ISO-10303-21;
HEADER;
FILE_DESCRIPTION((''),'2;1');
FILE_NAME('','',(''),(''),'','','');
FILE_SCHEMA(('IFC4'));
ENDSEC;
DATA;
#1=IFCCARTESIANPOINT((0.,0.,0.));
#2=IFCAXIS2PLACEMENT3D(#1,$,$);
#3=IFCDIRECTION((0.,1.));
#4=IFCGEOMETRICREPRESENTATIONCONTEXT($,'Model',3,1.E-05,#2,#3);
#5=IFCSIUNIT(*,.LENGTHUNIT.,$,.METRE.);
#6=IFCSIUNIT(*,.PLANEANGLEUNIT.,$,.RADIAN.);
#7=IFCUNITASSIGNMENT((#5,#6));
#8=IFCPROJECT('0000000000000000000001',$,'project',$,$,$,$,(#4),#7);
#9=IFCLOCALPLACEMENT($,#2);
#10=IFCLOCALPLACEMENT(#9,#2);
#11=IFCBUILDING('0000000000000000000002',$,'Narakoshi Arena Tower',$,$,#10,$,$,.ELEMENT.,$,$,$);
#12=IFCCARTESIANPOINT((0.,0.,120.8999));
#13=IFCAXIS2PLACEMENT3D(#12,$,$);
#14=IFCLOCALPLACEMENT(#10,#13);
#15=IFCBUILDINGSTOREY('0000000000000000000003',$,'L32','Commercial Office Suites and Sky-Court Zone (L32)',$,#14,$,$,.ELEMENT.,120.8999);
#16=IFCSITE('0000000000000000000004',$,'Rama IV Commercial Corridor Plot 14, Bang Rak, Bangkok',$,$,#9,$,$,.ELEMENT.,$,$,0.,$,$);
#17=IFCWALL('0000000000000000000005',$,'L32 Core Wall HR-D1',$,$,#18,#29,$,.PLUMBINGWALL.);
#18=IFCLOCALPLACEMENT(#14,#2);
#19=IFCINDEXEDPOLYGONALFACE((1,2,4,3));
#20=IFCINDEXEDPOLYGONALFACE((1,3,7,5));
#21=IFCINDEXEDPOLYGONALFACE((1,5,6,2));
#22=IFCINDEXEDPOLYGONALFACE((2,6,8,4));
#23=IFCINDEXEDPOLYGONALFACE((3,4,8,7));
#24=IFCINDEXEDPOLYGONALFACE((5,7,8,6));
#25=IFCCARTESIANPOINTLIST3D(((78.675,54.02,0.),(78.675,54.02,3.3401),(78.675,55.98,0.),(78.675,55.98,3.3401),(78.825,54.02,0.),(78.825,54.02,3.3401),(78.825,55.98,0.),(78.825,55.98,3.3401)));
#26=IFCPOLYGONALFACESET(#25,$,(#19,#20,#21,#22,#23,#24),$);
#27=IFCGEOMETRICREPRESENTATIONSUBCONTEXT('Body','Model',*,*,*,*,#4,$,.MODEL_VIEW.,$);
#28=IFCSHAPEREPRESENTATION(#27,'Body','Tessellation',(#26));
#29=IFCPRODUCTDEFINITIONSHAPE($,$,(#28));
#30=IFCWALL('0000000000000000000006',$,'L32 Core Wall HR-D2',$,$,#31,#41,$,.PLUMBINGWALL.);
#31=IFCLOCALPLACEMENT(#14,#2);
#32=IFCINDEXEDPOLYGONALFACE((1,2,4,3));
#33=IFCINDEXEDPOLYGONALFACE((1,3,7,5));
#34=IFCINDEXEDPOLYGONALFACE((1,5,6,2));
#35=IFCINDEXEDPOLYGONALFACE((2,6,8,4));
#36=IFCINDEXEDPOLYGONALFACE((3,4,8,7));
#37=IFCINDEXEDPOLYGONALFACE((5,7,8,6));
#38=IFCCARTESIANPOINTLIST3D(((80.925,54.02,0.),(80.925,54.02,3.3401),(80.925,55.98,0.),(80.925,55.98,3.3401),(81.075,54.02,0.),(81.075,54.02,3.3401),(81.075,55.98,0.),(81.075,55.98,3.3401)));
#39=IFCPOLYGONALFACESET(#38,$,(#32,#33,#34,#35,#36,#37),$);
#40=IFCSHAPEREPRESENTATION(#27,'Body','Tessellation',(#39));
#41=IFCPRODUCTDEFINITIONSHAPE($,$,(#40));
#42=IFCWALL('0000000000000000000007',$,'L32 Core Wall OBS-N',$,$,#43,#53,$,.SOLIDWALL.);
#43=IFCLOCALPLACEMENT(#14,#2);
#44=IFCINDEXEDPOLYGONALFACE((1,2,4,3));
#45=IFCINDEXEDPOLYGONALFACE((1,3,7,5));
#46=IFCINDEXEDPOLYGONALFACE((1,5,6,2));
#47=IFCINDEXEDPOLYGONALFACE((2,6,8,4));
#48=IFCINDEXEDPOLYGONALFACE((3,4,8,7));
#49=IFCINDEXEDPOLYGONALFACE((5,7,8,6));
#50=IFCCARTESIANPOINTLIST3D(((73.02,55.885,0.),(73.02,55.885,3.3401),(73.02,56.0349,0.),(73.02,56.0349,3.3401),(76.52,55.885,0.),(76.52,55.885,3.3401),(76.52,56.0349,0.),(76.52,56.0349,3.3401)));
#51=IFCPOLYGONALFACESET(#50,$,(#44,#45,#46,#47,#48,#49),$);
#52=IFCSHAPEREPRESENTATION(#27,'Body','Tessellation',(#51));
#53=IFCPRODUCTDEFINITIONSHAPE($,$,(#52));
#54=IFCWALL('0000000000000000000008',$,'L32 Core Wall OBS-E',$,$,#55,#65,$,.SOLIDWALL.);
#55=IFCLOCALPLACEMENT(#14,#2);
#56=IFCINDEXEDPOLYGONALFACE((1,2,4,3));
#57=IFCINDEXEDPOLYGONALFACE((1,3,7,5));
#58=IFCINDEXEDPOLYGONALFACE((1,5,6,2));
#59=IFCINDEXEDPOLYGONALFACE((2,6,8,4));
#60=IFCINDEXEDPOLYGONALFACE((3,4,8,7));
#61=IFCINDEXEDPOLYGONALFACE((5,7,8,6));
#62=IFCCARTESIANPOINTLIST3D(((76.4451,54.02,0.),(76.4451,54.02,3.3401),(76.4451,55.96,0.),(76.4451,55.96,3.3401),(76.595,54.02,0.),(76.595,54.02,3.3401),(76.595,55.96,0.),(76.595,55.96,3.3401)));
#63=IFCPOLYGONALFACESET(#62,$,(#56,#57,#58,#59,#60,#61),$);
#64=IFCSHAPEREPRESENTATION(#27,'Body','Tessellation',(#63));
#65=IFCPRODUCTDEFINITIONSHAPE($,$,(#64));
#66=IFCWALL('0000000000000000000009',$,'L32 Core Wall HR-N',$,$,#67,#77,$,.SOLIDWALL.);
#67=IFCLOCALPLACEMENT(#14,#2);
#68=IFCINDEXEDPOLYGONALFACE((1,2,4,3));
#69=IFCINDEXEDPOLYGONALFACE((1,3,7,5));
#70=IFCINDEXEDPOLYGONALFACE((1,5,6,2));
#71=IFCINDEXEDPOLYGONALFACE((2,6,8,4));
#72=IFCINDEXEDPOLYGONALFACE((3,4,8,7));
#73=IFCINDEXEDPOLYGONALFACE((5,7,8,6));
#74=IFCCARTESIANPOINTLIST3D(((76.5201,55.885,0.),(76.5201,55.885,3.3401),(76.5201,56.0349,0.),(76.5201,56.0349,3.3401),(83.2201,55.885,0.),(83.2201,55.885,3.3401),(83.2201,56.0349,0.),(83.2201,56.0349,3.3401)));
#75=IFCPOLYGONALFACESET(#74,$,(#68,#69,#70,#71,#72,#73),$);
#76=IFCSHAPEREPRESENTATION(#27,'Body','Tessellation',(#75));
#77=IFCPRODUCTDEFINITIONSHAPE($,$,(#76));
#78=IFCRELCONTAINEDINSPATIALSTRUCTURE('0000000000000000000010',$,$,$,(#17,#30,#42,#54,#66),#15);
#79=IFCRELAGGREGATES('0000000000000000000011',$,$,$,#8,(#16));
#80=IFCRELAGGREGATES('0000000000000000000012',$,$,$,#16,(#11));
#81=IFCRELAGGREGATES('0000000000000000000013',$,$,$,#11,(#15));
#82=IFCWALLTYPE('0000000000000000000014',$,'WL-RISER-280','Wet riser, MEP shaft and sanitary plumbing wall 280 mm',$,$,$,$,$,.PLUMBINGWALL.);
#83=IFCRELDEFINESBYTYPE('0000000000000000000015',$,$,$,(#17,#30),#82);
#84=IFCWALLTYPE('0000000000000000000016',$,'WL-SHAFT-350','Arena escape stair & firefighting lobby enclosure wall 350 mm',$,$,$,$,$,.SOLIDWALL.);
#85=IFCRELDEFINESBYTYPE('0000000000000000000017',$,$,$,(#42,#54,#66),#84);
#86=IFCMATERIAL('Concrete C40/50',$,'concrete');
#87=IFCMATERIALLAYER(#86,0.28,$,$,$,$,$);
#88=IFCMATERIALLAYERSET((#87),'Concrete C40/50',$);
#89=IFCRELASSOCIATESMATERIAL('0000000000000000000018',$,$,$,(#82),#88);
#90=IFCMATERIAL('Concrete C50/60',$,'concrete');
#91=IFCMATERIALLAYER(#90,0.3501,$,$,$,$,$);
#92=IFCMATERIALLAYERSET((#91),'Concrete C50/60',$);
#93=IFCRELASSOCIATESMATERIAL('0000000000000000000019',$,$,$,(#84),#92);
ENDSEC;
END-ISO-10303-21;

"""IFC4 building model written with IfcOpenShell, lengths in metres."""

from ifc_helpers import new_model, si_unit, direction, frame, frame_2d, origin, place, context, subcontext, project, spatial, rectangle, extrude, material, layer, layer_set, type_object, element, save


model = new_model("IFC4")

# Units and contexts
model_context = context("Model", 3, precision=1e-05, world=origin(), true_north=direction((0.0, 1.0)))
body_context = subcontext(model_context, "Body", "Model", "MODEL_VIEW")
ifc_project = project(units=[si_unit("LENGTHUNIT", "METRE"), si_unit("PLANEANGLEUNIT", "RADIAN")], contexts=[model_context])

# Site, building, storey
site_placement = place(None, origin())
site = spatial("IfcSite", under=ifc_project, at=site_placement, Name="Rama IV Commercial Corridor Plot 14, Bang Rak, Bangkok", CompositionType="ELEMENT", RefElevation=0.0)
building_placement = place(site_placement, origin())
building = spatial("IfcBuilding", under=site, at=building_placement, Name="Narakoshi Arena Tower", CompositionType="ELEMENT")
storey_placement = place(building_placement, frame((0.0, 0.0, 120.8999)))
storey = spatial("IfcBuildingStorey", under=building, at=storey_placement, Name="L32", Description="Commercial Office Suites and Sky-Court Zone (L32)", CompositionType="ELEMENT", Elevation=120.8999)

# Walls
ifc_material_1 = material(Name="Concrete C40/50", Category="concrete")
ifc_layer_1 = layer(ifc_material_1, 0.28)
ifc_layer_set_1 = layer_set([ifc_layer_1], Name="Concrete C40/50")
wall_type_1 = type_object("IfcWallType", Name="WL-RISER-280", Description="Wet riser, MEP shaft and sanitary plumbing wall 280 mm", PredefinedType="PLUMBINGWALL", material=ifc_layer_set_1)
for number, where, z_axis, x_axis, name in (
    (1, (78.75, 54.02, 0.0), (0.0, 0.0, 1.0), (0.0, 1.0, 0.0), "L32 Core Wall HR-D1"),
    (2, (81.0, 54.02, 0.0), (0.0, 0.0, 1.0), (0.0, 1.0, 0.0), "L32 Core Wall HR-D2"),
):
    element("IfcWall", number, at=place(storey_placement, frame(where, z_axis=z_axis, x_axis=x_axis)), inside=storey, type_object=wall_type_1, Name=name, PredefinedType="PLUMBINGWALL", context=body_context, shape_type="SweptSolid", body=[
        extrude(rectangle(XDim=1.96, YDim=0.1499, at=frame_2d((0.98, 0.0))), origin(), (0.0, 0.0, 1.0), 3.3401),
    ])
ifc_material_2 = material(Name="Concrete C50/60", Category="concrete")
ifc_layer_2 = layer(ifc_material_2, 0.3501)
ifc_layer_set_2 = layer_set([ifc_layer_2], Name="Concrete C50/60")
wall_type_2 = type_object("IfcWallType", Name="WL-SHAFT-350", Description="Arena escape stair & firefighting lobby enclosure wall 350 mm", PredefinedType="SOLIDWALL", material=ifc_layer_set_2)
wall_1_placement = place(storey_placement, frame((73.02, 55.96, 0.0), z_axis=(0.0, 0.0, 1.0), x_axis=(1.0, 0.0, 0.0)))
element("IfcWall", 3, at=wall_1_placement, inside=storey, type_object=wall_type_2, Name="L32 Core Wall OBS-N", PredefinedType="SOLIDWALL", context=body_context, shape_type="SweptSolid", body=[
    extrude(rectangle(XDim=3.5, YDim=0.1499, at=frame_2d((1.75, 0.0))), origin(), (0.0, 0.0, 1.0), 3.3401),
])
wall_2_placement = place(storey_placement, frame((76.52, 54.02, 0.0), z_axis=(0.0, 0.0, 1.0), x_axis=(0.0, 1.0, 0.0)))
element("IfcWall", 4, at=wall_2_placement, inside=storey, type_object=wall_type_2, Name="L32 Core Wall OBS-E", PredefinedType="SOLIDWALL", context=body_context, shape_type="SweptSolid", body=[
    extrude(rectangle(XDim=1.9399, YDim=0.1499, at=frame_2d((0.97, 0.0))), origin(), (0.0, 0.0, 1.0), 3.3401),
])
wall_3_placement = place(storey_placement, frame((76.52, 55.96, 0.0), z_axis=(0.0, 0.0, 1.0), x_axis=(1.0, 0.0, 0.0)))
element("IfcWall", 5, at=wall_3_placement, inside=storey, type_object=wall_type_2, Name="L32 Core Wall HR-N", PredefinedType="SOLIDWALL", context=body_context, shape_type="SweptSolid", body=[
    extrude(rectangle(XDim=6.7, YDim=0.1499, at=frame_2d((3.3501, 0.0))), origin(), (0.0, 0.0, 1.0), 3.3401),
])

save(model, "model.ifc")
